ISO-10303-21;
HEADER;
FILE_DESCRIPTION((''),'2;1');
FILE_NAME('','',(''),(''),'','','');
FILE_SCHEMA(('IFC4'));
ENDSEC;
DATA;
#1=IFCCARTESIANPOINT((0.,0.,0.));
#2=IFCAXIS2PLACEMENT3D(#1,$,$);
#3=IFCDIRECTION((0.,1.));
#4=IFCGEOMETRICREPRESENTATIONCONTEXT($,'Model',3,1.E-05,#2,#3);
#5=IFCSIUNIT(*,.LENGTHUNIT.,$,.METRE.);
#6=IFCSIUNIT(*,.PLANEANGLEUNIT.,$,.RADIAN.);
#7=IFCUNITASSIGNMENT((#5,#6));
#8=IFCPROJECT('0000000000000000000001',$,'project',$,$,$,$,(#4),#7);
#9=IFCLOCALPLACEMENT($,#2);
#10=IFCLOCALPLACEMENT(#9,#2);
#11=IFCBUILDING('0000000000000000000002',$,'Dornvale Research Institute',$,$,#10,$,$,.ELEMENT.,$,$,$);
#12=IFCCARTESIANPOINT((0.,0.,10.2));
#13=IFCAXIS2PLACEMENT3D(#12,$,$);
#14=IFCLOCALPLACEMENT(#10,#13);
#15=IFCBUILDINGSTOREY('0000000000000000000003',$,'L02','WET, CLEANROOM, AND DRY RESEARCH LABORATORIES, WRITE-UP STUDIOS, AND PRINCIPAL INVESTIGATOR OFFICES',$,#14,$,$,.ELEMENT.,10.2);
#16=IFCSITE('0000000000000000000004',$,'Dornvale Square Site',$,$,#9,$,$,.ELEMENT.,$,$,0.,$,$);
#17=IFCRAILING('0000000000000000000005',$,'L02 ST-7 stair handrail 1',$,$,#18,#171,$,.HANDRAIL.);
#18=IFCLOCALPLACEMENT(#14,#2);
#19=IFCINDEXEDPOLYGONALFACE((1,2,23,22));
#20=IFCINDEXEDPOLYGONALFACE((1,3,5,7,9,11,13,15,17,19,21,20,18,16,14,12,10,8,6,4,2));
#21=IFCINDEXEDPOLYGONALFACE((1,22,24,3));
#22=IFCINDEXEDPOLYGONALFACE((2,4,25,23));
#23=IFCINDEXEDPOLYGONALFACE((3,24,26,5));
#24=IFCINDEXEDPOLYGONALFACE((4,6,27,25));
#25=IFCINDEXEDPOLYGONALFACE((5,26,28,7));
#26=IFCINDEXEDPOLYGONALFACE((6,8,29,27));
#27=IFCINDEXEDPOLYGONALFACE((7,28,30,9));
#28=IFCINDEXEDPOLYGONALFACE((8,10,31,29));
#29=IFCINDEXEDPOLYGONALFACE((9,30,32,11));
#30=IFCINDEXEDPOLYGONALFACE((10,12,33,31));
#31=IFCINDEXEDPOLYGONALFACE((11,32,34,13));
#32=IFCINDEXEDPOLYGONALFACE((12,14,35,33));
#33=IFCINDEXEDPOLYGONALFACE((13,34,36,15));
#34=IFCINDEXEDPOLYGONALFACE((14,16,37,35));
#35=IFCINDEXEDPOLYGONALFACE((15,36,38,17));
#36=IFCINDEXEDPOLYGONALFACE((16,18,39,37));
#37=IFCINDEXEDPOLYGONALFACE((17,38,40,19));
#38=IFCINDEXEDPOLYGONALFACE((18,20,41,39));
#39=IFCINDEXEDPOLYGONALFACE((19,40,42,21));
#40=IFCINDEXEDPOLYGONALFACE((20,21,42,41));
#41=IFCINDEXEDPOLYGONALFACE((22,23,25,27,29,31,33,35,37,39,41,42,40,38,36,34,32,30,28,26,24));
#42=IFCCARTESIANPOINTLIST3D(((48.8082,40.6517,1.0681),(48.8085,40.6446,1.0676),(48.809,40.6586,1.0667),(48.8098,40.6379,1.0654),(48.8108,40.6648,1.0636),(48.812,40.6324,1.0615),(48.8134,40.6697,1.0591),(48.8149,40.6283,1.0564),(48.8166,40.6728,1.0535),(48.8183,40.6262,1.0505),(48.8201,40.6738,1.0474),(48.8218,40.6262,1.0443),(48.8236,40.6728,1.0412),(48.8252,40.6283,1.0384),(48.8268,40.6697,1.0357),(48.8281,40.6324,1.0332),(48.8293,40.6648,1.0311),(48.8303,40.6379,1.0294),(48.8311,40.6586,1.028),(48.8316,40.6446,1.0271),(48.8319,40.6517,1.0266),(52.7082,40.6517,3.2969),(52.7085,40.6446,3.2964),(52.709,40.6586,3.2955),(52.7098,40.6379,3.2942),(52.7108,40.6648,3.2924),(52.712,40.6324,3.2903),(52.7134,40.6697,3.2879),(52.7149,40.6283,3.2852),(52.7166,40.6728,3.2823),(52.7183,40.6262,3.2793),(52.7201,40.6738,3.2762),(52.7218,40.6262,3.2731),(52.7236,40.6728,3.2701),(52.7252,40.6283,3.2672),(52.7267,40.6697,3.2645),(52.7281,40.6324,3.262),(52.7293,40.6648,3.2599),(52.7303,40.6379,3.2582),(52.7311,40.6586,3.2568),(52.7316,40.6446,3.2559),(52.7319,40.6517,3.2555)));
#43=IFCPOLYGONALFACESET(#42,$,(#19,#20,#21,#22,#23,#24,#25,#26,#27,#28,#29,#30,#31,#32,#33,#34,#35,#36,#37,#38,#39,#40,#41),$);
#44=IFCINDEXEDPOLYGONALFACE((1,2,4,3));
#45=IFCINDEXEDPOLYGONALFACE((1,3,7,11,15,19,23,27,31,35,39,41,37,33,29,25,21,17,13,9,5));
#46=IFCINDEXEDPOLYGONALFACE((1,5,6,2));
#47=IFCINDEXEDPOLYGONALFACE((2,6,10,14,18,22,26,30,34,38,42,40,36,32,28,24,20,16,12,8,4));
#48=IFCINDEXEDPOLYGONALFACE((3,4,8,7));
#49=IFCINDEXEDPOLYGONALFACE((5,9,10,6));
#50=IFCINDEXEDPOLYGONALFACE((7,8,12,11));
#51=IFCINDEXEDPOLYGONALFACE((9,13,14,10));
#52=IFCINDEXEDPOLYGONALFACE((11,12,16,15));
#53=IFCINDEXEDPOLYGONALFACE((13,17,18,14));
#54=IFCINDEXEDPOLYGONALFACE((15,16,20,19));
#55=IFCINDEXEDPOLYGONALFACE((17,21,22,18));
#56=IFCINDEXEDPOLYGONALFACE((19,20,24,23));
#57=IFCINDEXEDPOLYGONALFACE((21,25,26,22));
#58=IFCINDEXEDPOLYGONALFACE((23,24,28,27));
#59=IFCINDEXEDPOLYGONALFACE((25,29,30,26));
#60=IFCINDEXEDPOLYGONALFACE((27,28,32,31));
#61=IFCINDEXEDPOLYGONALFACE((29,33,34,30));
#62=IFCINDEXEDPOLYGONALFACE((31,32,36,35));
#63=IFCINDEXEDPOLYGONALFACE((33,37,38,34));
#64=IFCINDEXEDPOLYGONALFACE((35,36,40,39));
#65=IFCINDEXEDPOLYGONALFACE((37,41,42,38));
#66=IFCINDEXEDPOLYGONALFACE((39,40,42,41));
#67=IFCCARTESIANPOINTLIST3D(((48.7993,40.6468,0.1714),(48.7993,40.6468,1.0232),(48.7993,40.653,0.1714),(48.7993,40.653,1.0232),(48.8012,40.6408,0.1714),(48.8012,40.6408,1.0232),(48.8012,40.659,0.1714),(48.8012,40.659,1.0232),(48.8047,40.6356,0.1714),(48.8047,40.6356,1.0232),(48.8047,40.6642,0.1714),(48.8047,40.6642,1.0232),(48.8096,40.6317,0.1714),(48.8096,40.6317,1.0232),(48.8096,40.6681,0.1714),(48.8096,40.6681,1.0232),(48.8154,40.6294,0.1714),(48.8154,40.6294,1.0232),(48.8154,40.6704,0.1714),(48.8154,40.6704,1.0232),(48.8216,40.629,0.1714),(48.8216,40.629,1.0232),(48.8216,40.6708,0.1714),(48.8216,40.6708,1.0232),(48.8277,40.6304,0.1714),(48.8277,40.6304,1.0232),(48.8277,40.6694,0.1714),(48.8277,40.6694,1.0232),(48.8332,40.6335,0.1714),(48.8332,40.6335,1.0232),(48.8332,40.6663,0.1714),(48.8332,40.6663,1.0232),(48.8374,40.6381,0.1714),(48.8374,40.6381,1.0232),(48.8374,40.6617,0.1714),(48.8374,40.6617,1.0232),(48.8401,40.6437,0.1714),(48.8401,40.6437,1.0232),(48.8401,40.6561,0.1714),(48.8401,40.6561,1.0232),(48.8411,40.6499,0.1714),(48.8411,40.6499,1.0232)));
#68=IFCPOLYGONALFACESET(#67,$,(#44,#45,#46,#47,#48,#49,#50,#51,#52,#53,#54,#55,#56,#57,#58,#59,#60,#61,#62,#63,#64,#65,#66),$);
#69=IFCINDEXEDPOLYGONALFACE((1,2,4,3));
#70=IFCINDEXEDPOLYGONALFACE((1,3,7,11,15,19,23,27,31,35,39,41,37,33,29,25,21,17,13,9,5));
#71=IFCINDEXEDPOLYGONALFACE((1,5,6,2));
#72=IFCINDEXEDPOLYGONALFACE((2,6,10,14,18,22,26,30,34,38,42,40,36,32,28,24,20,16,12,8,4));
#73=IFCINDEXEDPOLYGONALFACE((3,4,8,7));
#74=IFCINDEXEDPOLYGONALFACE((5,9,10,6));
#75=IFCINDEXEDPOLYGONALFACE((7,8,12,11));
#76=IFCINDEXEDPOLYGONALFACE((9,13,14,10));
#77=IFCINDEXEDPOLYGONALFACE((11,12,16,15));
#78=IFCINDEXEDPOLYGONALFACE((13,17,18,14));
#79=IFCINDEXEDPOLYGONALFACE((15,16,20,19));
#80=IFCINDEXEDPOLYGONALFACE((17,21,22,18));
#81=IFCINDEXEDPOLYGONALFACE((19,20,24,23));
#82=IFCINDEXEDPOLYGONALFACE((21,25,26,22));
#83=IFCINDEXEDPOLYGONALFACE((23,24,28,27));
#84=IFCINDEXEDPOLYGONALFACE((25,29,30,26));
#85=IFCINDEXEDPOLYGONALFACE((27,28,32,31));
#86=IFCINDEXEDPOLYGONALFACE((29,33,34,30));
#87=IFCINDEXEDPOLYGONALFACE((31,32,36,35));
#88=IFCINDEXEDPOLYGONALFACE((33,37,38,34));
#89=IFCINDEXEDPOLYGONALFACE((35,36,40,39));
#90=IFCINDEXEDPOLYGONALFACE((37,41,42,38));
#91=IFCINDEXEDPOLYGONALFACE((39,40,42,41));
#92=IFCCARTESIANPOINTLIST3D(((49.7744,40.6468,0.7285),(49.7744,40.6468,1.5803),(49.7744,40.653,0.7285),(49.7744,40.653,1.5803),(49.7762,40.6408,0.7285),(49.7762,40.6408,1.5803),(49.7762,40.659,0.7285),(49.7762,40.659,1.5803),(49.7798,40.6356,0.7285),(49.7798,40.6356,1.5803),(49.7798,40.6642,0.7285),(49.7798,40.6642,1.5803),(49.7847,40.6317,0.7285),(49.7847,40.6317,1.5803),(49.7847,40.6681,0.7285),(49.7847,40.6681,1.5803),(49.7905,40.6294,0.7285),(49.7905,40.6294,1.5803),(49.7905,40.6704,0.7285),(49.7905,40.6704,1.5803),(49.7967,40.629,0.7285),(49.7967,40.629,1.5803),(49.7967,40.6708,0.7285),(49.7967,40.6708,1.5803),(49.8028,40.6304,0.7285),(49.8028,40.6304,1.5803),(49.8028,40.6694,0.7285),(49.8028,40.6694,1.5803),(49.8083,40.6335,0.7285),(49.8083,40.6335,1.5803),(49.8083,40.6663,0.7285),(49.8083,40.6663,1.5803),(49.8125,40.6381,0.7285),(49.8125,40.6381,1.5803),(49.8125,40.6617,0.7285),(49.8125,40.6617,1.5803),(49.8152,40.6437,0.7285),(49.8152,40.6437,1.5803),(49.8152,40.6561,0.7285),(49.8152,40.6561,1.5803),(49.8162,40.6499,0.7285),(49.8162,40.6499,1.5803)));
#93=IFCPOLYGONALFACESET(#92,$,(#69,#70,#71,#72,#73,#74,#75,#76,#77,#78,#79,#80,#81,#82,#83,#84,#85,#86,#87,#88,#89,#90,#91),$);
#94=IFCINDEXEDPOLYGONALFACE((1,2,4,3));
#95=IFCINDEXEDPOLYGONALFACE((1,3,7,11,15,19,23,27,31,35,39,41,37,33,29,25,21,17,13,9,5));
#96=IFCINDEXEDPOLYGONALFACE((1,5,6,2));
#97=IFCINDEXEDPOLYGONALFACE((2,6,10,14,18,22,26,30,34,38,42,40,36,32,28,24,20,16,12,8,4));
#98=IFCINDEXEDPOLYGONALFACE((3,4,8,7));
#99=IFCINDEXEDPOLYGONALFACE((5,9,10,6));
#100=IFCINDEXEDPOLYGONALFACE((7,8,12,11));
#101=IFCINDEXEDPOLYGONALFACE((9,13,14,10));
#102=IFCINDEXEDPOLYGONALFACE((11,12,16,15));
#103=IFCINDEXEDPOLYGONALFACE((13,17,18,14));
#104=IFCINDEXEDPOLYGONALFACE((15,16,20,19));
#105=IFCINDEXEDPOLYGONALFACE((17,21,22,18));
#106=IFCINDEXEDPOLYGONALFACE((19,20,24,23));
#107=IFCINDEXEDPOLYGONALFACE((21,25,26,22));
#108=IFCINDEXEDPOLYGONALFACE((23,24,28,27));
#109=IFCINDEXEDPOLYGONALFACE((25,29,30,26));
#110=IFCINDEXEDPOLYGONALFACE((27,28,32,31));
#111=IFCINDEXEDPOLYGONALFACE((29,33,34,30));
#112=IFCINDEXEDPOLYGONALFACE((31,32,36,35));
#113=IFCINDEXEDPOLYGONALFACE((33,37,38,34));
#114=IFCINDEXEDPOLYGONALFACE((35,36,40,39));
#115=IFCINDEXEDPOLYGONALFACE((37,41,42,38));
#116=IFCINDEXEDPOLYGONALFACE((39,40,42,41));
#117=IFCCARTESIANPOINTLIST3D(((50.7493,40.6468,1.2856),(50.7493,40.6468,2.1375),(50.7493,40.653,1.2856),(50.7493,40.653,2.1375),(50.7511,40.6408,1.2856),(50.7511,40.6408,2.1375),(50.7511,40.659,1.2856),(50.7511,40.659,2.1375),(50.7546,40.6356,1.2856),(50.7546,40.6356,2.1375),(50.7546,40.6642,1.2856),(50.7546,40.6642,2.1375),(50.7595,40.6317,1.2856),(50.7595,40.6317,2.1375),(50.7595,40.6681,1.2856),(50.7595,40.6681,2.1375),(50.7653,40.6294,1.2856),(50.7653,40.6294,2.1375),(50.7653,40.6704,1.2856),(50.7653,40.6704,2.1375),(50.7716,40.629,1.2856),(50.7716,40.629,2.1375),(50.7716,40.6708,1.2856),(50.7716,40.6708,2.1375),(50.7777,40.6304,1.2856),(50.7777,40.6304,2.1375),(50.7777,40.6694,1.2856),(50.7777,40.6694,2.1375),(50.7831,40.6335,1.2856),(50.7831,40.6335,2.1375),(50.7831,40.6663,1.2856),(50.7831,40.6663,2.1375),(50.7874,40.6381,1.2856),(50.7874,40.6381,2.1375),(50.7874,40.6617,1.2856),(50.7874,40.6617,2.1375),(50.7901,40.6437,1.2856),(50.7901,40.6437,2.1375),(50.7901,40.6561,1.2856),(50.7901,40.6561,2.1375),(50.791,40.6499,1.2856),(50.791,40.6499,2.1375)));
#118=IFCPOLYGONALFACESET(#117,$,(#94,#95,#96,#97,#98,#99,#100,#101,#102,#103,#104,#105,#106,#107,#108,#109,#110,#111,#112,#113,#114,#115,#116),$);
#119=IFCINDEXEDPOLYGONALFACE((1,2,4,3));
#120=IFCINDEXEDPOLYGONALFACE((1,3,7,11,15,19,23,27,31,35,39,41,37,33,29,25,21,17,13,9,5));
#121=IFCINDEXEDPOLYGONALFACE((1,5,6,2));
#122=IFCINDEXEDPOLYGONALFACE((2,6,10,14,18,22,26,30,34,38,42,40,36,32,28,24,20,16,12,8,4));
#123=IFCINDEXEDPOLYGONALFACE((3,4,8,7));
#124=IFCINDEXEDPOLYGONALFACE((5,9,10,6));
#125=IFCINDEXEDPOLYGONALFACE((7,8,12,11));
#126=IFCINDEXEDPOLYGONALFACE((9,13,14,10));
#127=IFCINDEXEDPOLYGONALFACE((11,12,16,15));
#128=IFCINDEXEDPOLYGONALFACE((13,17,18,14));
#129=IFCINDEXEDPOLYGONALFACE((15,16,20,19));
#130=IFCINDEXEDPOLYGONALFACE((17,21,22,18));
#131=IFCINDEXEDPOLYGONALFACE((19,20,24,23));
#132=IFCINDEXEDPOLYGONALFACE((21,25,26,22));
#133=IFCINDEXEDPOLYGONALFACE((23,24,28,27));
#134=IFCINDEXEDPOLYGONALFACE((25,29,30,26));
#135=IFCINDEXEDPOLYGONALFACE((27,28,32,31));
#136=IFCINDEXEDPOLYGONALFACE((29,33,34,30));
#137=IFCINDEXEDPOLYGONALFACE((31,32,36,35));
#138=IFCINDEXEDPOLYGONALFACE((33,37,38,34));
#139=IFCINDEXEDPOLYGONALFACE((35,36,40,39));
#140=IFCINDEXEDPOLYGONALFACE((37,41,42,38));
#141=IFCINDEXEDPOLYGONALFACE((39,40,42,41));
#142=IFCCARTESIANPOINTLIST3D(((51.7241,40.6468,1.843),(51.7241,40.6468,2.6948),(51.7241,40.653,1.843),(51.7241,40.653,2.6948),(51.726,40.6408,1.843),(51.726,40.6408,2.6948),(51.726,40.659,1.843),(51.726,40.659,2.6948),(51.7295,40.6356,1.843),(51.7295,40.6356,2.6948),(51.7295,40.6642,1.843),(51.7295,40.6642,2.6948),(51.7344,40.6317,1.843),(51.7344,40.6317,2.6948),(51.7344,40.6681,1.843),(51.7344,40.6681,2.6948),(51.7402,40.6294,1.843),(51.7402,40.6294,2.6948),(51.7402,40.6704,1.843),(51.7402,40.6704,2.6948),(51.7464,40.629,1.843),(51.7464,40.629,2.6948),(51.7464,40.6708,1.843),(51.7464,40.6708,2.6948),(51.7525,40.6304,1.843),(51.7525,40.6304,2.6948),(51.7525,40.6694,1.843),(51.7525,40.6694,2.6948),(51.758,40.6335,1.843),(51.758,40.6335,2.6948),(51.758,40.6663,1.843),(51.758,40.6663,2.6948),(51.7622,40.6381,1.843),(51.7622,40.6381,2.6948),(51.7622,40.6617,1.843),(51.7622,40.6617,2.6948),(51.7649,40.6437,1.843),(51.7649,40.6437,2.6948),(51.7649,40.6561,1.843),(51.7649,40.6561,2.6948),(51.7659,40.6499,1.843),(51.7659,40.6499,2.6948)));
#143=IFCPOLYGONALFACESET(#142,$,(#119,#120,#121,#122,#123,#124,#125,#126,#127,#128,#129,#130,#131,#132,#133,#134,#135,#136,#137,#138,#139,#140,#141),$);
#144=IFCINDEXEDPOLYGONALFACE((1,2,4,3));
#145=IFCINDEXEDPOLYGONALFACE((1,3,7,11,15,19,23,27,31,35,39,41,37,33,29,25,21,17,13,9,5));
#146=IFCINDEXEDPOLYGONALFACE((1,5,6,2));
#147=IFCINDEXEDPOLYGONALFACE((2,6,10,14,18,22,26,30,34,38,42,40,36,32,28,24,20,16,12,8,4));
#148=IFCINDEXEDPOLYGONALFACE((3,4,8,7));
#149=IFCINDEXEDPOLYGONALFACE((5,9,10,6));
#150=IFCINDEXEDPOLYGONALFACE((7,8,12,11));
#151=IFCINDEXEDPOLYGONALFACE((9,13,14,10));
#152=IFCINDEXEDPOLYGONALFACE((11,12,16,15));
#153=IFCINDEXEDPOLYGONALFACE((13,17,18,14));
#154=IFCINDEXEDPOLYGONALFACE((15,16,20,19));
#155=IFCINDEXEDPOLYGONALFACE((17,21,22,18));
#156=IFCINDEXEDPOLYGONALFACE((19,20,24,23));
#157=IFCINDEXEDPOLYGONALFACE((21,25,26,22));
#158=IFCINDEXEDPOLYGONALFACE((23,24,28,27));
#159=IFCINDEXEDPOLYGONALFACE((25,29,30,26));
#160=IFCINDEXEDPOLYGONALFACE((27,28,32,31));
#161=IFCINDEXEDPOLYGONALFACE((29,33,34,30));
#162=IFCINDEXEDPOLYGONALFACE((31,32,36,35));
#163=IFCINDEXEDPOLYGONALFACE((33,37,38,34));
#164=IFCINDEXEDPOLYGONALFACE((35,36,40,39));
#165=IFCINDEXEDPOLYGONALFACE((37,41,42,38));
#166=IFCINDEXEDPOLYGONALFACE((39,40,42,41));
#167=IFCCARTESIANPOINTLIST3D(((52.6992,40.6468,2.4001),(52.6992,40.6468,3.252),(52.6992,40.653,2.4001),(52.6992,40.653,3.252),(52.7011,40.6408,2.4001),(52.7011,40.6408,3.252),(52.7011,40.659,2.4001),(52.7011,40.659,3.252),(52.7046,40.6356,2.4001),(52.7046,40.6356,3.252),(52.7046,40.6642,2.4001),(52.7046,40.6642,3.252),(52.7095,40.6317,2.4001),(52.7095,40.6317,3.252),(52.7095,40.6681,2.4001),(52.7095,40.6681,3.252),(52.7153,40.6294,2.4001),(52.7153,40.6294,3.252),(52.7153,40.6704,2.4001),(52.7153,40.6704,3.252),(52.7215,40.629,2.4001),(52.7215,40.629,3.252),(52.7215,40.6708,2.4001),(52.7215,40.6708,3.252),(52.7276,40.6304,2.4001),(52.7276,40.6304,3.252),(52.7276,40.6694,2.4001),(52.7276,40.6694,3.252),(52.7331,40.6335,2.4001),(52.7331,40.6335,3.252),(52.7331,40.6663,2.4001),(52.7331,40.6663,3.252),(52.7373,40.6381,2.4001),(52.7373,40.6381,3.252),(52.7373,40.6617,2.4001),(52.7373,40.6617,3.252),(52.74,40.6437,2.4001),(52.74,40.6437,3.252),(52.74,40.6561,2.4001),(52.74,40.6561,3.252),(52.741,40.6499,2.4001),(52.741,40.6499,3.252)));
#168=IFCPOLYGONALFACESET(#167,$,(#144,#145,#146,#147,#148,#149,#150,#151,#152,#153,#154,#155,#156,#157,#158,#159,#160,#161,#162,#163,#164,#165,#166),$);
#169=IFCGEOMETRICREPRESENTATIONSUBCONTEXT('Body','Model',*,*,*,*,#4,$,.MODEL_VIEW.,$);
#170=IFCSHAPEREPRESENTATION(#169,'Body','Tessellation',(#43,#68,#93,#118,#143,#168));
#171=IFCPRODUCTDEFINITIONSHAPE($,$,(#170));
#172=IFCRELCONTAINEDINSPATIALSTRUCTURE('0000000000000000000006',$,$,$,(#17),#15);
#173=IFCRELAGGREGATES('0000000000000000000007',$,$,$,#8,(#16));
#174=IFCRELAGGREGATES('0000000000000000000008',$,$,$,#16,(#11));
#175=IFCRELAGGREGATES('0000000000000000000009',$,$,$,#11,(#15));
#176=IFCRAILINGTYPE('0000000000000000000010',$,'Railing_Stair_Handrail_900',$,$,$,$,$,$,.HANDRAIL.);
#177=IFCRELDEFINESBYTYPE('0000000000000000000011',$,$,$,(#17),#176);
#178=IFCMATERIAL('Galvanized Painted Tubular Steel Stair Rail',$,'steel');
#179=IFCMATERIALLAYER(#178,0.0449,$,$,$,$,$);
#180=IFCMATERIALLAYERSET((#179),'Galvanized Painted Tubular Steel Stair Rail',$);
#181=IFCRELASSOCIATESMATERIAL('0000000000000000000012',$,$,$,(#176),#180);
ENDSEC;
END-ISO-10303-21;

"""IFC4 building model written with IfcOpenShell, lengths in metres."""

from ifc_helpers import new_model, si_unit, direction, frame, origin, origin_2d, place, context, subcontext, project, spatial, circle, extrude, material, layer, layer_set, type_object, element, save


model = new_model("IFC4")

# Units and contexts
model_context = context("Model", 3, precision=1e-05, world=origin(), true_north=direction((0.0, 1.0)))
body_context = subcontext(model_context, "Body", "Model", "MODEL_VIEW")
ifc_project = project(units=[si_unit("LENGTHUNIT", "METRE"), si_unit("PLANEANGLEUNIT", "RADIAN")], contexts=[model_context])

# Site, building, storey
site_placement = place(None, origin())
site = spatial("IfcSite", under=ifc_project, at=site_placement, Name="Dornvale Square Site", CompositionType="ELEMENT", RefElevation=0.0)
building_placement = place(site_placement, origin())
building = spatial("IfcBuilding", under=site, at=building_placement, Name="Dornvale Research Institute", CompositionType="ELEMENT")
storey_placement = place(building_placement, frame((0.0, 0.0, 10.2)))
storey = spatial("IfcBuildingStorey", under=building, at=storey_placement, Name="L02", Description="WET, CLEANROOM, AND DRY RESEARCH LABORATORIES, WRITE-UP STUDIOS, AND PRINCIPAL INVESTIGATOR OFFICES", CompositionType="ELEMENT", Elevation=10.2)

# Railing
ifc_material_1 = material(Name="Galvanized Painted Tubular Steel Stair Rail", Category="steel")
ifc_layer_1 = layer(ifc_material_1, 0.0449)
ifc_layer_set_1 = layer_set([ifc_layer_1], Name="Galvanized Painted Tubular Steel Stair Rail")
railing_type_1 = type_object("IfcRailingType", Name="Railing_Stair_Handrail_900", PredefinedType="HANDRAIL", material=ifc_layer_set_1)
railing_1_placement = place(storey_placement, frame((48.8201, 40.6499, 0.1714)))
element("IfcRailing", 1, at=railing_1_placement, inside=storey, type_object=railing_type_1, Name="L02 ST-7 stair handrail 1", PredefinedType="HANDRAIL", context=body_context, shape_type="SweptSolid", body=[
    extrude(circle(Radius=0.0239, at=origin_2d()), frame((0.0, 0.0, 0.876), z_axis=(0.86822, 0.0, 0.49618), x_axis=(0.0, 1.0, 0.0)), (0.0, 0.0, 1.0), 4.4919),
    extrude(circle(Radius=0.021, at=origin_2d()), origin(), (0.0, 0.0, 1.0), 0.8518),
    extrude(circle(Radius=0.021, at=origin_2d()), frame((0.9751, 0.0, 0.5571)), (0.0, 0.0, 1.0), 0.8518),
    extrude(circle(Radius=0.021, at=origin_2d()), frame((1.95, 0.0, 1.1143)), (0.0, 0.0, 1.0), 0.8518),
    extrude(circle(Radius=0.021, at=origin_2d()), frame((2.9248, 0.0, 1.6716)), (0.0, 0.0, 1.0), 0.8518),
    extrude(circle(Radius=0.021, at=origin_2d()), frame((3.8999, 0.0, 2.2288)), (0.0, 0.0, 1.0), 0.8518),
])

save(model, "model.ifc")
